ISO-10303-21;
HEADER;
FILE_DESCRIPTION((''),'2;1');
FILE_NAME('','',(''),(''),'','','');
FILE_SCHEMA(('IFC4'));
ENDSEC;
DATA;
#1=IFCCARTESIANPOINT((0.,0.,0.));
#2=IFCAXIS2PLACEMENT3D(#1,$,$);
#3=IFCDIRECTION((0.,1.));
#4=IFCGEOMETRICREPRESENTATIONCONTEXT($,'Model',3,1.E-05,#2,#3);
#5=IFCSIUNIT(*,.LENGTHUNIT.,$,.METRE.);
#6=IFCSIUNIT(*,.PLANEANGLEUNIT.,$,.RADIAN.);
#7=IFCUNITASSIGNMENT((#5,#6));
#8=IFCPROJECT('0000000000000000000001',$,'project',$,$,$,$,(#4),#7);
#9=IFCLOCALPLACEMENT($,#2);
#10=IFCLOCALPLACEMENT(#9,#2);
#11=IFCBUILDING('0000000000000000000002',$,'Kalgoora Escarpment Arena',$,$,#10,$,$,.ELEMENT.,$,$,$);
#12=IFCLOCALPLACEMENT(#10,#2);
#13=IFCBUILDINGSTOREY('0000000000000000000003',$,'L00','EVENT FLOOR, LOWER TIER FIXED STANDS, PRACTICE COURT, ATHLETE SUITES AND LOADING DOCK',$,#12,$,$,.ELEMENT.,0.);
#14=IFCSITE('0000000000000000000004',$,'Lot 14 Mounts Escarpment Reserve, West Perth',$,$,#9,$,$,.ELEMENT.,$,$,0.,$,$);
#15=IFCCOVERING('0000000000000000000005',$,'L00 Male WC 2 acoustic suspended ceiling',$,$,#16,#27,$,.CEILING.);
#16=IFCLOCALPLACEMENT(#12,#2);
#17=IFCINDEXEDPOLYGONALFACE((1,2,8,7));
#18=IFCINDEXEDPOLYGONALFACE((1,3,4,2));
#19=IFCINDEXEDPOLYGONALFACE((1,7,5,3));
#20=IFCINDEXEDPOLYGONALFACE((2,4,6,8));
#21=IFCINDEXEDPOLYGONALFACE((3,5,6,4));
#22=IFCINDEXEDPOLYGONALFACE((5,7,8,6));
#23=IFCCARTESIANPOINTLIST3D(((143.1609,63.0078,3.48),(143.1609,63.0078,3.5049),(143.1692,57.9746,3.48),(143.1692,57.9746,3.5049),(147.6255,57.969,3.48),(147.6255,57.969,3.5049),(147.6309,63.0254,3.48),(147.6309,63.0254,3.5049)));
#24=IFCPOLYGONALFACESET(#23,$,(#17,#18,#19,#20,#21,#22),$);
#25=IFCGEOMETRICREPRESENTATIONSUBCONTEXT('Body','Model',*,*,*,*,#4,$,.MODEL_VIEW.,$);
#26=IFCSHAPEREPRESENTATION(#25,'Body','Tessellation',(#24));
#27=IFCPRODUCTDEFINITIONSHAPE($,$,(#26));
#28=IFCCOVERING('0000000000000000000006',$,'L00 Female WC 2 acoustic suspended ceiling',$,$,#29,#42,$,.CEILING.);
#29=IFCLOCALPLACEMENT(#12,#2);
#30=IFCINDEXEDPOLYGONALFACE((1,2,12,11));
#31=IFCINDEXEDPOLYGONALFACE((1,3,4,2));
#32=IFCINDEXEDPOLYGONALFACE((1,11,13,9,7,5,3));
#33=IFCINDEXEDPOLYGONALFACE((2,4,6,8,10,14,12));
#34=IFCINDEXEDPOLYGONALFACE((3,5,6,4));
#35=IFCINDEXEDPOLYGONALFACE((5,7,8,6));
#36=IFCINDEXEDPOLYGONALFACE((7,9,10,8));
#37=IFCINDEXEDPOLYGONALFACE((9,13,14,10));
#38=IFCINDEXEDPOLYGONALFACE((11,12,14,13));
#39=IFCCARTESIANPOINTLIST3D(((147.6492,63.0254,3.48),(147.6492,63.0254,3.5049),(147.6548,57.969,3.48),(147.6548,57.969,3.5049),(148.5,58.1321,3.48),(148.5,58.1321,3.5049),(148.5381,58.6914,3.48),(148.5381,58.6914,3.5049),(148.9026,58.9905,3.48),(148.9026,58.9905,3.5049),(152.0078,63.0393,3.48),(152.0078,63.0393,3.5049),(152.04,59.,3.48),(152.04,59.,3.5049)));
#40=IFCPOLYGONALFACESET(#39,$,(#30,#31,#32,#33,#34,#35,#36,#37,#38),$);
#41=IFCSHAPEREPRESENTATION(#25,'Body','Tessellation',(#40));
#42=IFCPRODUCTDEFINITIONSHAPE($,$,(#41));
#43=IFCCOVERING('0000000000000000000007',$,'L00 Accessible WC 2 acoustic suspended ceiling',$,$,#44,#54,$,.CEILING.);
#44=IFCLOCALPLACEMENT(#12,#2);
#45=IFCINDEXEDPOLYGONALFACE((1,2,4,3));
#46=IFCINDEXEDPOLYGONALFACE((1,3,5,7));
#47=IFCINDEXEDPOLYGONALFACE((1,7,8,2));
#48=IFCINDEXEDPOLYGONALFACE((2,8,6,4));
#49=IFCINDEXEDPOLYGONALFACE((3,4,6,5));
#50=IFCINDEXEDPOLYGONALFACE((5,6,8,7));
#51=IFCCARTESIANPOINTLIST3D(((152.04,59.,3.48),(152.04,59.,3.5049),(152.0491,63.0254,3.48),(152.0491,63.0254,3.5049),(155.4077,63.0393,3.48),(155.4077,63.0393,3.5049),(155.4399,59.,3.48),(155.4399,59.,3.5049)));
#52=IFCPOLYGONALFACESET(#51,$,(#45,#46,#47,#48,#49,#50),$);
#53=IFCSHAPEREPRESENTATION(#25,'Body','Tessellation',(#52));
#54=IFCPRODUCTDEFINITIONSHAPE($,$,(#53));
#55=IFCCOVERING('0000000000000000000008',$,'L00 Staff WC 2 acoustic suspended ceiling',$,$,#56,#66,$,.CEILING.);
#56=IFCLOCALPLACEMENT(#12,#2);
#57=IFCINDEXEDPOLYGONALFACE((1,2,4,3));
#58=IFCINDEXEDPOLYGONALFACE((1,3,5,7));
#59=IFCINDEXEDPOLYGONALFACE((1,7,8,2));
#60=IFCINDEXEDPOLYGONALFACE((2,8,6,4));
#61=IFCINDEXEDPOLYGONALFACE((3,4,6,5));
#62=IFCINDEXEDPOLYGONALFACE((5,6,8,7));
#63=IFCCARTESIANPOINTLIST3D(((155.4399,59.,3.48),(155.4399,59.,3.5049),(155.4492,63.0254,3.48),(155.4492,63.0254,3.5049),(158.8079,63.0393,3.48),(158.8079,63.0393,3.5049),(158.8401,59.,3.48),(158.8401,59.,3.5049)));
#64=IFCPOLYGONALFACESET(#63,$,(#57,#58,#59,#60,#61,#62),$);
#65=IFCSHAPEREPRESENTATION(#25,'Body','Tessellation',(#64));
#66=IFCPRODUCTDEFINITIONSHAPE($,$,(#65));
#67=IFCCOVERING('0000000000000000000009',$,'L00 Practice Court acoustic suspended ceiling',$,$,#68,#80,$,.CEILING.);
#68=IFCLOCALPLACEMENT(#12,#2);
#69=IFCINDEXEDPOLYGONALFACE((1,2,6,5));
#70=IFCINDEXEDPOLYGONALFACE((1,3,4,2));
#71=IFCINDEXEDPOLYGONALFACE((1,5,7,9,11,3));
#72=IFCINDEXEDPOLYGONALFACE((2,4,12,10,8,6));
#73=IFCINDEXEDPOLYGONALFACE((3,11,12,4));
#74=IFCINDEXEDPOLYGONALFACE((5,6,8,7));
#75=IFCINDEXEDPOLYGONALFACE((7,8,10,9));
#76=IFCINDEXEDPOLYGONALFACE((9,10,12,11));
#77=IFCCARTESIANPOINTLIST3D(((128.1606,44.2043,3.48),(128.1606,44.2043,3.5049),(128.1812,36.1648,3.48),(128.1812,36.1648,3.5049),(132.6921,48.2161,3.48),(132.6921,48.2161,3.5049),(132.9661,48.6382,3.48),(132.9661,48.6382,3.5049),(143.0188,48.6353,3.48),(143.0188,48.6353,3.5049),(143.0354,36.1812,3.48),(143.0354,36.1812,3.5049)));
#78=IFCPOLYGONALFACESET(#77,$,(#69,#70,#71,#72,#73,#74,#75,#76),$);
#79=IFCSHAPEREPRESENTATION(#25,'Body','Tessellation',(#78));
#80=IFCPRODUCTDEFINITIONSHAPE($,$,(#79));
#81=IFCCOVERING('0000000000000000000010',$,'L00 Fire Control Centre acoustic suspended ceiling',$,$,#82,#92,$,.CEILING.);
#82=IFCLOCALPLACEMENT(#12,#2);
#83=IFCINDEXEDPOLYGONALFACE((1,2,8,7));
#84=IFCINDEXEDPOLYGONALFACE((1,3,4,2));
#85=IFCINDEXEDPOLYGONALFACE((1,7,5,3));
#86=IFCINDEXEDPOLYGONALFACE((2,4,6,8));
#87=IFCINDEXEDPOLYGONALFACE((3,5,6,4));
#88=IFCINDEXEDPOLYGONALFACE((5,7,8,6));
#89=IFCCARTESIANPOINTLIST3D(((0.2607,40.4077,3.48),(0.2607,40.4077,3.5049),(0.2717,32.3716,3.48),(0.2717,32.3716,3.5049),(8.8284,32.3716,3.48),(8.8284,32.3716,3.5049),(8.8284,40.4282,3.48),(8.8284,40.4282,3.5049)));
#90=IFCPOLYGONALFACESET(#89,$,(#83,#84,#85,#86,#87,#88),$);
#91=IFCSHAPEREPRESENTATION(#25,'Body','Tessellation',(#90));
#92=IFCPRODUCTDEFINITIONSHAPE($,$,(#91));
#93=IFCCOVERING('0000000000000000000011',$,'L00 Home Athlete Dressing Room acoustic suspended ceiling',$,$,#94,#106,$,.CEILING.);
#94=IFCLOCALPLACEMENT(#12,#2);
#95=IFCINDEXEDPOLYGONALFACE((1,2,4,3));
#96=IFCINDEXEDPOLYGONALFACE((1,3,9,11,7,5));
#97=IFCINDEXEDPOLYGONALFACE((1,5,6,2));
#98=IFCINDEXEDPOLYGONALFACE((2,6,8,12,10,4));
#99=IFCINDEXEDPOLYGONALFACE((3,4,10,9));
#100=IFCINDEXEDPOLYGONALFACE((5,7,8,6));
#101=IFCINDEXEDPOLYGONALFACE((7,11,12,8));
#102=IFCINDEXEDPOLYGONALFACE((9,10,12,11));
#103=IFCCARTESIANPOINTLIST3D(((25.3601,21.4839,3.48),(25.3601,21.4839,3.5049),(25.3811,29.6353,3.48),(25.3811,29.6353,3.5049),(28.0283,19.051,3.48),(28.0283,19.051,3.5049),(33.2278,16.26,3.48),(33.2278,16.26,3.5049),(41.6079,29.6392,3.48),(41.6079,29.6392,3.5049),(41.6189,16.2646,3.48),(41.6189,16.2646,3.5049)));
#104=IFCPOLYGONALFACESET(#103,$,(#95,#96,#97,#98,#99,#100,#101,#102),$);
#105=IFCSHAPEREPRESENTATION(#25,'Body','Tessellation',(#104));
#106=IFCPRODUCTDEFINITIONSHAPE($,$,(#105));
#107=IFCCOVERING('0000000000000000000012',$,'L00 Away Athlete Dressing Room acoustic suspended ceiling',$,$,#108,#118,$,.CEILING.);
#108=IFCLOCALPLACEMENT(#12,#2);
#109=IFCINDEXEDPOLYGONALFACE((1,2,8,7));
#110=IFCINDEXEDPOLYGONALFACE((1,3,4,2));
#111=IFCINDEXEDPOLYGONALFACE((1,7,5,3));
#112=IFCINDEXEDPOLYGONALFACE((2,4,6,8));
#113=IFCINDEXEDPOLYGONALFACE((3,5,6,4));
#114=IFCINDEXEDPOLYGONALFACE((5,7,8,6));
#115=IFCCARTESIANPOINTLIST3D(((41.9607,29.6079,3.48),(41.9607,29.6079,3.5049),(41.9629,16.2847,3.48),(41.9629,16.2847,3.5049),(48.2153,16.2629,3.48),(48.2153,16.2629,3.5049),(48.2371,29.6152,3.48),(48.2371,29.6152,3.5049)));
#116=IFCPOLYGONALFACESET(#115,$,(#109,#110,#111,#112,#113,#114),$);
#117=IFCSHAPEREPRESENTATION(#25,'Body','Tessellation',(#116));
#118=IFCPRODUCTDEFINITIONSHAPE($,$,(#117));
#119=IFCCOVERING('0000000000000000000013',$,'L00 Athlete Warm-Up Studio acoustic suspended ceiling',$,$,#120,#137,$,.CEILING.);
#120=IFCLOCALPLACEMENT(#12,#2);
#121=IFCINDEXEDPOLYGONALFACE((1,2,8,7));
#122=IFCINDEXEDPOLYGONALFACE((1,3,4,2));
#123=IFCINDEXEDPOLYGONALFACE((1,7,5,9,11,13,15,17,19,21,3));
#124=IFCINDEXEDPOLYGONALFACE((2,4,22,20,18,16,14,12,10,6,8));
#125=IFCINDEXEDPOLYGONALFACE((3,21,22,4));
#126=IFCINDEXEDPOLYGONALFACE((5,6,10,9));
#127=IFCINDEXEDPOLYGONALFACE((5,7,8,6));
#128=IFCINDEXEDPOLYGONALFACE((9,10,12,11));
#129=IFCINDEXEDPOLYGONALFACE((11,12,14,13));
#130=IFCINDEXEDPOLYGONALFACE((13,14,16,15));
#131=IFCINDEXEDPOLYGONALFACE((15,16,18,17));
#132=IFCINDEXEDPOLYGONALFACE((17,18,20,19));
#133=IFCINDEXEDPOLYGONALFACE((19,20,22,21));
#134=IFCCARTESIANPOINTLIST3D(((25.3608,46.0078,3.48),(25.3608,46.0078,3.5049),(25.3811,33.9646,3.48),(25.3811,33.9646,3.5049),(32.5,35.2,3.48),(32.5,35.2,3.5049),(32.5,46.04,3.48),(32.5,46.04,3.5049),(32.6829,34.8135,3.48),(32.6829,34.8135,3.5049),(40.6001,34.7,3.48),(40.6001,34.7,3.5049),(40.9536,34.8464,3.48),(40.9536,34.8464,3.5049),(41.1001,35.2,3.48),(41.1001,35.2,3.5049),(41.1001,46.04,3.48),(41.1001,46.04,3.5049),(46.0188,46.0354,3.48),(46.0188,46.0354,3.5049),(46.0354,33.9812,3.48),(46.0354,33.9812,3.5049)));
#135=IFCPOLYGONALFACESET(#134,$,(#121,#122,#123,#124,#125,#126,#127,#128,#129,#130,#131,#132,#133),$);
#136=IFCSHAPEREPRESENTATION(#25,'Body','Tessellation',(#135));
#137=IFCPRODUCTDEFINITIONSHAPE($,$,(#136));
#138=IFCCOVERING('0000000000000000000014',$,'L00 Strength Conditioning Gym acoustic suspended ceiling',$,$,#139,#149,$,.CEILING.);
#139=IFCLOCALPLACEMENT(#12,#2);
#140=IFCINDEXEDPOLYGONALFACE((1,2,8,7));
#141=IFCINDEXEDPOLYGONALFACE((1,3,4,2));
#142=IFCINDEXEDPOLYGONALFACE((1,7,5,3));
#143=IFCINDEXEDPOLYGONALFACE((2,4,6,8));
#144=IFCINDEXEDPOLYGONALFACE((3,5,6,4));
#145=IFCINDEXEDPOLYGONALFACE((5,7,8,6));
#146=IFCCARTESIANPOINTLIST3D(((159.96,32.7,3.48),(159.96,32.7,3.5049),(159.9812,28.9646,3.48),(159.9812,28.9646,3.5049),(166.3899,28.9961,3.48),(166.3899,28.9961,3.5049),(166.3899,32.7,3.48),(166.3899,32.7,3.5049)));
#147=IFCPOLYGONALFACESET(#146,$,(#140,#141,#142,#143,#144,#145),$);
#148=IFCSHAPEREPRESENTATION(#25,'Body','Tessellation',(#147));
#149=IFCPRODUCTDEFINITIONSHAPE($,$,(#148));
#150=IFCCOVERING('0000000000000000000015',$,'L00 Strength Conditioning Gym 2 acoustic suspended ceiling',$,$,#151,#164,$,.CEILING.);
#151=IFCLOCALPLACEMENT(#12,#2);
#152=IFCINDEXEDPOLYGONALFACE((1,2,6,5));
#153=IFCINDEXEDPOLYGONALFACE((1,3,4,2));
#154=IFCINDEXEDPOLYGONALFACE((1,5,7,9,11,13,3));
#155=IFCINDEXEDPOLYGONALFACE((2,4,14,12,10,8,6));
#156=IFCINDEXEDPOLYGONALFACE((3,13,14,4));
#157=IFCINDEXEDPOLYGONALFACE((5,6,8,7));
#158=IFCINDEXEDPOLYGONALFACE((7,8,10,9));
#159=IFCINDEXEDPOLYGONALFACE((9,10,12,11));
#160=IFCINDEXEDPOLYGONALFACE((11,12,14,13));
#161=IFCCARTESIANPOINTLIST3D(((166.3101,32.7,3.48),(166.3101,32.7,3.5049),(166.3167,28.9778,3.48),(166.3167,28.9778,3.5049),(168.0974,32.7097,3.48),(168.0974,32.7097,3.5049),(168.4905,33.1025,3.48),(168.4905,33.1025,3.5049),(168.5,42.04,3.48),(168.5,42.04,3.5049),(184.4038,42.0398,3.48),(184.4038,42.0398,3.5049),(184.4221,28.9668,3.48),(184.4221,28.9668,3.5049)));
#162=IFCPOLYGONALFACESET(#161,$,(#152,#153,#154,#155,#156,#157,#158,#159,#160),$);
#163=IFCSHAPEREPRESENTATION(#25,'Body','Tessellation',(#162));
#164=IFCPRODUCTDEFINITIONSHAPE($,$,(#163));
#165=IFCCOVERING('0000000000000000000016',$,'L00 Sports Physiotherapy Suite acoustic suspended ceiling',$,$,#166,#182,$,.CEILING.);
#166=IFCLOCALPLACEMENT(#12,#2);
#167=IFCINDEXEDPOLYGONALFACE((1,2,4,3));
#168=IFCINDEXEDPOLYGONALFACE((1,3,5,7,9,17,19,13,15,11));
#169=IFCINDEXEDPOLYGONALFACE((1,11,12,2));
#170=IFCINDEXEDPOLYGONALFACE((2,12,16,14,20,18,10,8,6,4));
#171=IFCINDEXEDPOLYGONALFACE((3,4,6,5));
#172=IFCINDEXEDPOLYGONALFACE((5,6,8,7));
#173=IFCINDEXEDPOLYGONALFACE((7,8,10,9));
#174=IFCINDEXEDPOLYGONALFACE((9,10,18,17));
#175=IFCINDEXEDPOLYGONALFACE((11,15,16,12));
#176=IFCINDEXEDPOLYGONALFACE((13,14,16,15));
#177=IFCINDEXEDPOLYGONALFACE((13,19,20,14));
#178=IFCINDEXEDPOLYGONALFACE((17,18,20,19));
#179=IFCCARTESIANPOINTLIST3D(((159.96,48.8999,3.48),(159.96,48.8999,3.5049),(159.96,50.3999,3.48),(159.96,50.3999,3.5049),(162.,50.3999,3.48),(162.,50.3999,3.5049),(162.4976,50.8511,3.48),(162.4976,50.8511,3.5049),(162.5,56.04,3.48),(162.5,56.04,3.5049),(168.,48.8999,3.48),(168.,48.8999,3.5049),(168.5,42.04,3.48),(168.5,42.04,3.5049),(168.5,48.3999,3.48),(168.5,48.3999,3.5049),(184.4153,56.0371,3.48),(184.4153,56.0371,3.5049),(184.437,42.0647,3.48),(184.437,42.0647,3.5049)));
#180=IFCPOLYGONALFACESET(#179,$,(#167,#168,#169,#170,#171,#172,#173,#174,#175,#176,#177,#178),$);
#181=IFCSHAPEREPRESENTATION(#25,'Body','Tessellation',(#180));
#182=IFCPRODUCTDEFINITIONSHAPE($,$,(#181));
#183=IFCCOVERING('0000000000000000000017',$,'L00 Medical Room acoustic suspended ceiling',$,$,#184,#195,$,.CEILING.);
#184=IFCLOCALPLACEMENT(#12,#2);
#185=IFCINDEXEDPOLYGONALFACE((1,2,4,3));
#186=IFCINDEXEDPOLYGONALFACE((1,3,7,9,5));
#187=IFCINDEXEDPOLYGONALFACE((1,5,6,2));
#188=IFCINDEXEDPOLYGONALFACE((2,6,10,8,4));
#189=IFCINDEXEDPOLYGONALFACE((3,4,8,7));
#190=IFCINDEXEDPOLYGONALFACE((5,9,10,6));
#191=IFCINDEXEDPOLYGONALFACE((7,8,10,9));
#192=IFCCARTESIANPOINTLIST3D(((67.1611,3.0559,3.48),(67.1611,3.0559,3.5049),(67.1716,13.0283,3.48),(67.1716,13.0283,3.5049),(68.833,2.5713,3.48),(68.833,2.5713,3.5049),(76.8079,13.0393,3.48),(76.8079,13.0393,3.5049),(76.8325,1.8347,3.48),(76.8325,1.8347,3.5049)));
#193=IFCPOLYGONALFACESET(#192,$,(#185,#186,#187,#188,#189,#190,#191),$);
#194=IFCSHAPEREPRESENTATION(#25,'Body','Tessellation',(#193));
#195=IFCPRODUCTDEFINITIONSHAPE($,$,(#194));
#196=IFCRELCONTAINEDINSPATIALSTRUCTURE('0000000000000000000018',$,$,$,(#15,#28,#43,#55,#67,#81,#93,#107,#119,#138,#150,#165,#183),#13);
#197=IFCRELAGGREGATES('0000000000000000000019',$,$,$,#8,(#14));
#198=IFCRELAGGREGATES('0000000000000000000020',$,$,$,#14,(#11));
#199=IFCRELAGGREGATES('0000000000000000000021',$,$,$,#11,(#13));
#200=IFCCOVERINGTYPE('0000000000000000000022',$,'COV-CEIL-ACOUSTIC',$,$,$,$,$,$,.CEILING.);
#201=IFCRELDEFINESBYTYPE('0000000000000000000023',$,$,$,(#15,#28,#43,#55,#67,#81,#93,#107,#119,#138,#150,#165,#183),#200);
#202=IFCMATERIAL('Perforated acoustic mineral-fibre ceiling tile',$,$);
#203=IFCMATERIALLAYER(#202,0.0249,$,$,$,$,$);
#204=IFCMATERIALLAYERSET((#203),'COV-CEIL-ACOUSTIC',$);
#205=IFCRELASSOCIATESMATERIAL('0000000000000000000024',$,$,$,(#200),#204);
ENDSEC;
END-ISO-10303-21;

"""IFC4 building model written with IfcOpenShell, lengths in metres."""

from ifc_helpers import new_model, si_unit, direction, frame, origin, place, context, subcontext, project, spatial, polyline, outline, extrude, material, layer, layer_set, type_object, element, save


model = new_model("IFC4")

# Units and contexts
model_context = context("Model", 3, precision=1e-05, world=origin(), true_north=direction((0.0, 1.0)))
body_context = subcontext(model_context, "Body", "Model", "MODEL_VIEW")
ifc_project = project(units=[si_unit("LENGTHUNIT", "METRE"), si_unit("PLANEANGLEUNIT", "RADIAN")], contexts=[model_context])

# Site, building, storey
site_placement = place(None, origin())
site = spatial("IfcSite", under=ifc_project, at=site_placement, Name="Lot 14 Mounts Escarpment Reserve, West Perth", CompositionType="ELEMENT", RefElevation=0.0)
building_placement = place(site_placement, origin())
building = spatial("IfcBuilding", under=site, at=building_placement, Name="Kalgoora Escarpment Arena", CompositionType="ELEMENT")
storey_placement = place(building_placement, origin())
storey = spatial("IfcBuildingStorey", under=building, at=storey_placement, Name="L00", Description="EVENT FLOOR, LOWER TIER FIXED STANDS, PRACTICE COURT, ATHLETE SUITES AND LOADING DOCK", CompositionType="ELEMENT", Elevation=0.0)

# Coverings
ifc_material = material(Name="Perforated acoustic mineral-fibre ceiling tile")
ifc_layer = layer(ifc_material, 0.0249)
ifc_layer_set = layer_set([ifc_layer], Name="COV-CEIL-ACOUSTIC")
covering_type = type_object("IfcCoveringType", Name="COV-CEIL-ACOUSTIC", PredefinedType="CEILING", material=ifc_layer_set)
covering_1_placement = place(storey_placement, frame((0.0, 0.0, 3.48)))
element("IfcCovering", 1, at=covering_1_placement, inside=storey, type_object=covering_type, Name="L00 Male WC 2 acoustic suspended ceiling", PredefinedType="CEILING", context=body_context, shape_type="SweptSolid", body=[
    extrude(outline(polyline([(143.1609, 63.0078), (147.6309, 63.0254), (147.6255, 57.969), (143.1692, 57.9746), (143.1609, 63.0078)])), origin(), (0.0, 0.0, 1.0), 0.0249),
])
covering_2_placement = place(storey_placement, frame((0.0, 0.0, 3.48)))
element("IfcCovering", 2, at=covering_2_placement, inside=storey, type_object=covering_type, Name="L00 Female WC 2 acoustic suspended ceiling", PredefinedType="CEILING", context=body_context, shape_type="SweptSolid", body=[
    extrude(outline(polyline([(152.0078, 63.0393), (152.04, 59.0), (148.9026, 58.9905), (148.5381, 58.6914), (148.5, 58.1321), (147.6548, 57.969), (147.6492, 63.0254), (152.0078, 63.0393)])), origin(), (0.0, 0.0, 1.0), 0.0249),
])
covering_3_placement = place(storey_placement, frame((0.0, 0.0, 3.48)))
element("IfcCovering", 3, at=covering_3_placement, inside=storey, type_object=covering_type, Name="L00 Accessible WC 2 acoustic suspended ceiling", PredefinedType="CEILING", context=body_context, shape_type="SweptSolid", body=[
    extrude(outline(polyline([(155.4077, 63.0393), (155.4399, 59.0), (152.04, 59.0), (152.0491, 63.0254), (155.4077, 63.0393)])), origin(), (0.0, 0.0, 1.0), 0.0249),
])
covering_4_placement = place(storey_placement, frame((0.0, 0.0, 3.48)))
element("IfcCovering", 4, at=covering_4_placement, inside=storey, type_object=covering_type, Name="L00 Staff WC 2 acoustic suspended ceiling", PredefinedType="CEILING", context=body_context, shape_type="SweptSolid", body=[
    extrude(outline(polyline([(158.8079, 63.0393), (158.8401, 59.0), (155.4399, 59.0), (155.4492, 63.0254), (158.8079, 63.0393)])), origin(), (0.0, 0.0, 1.0), 0.0249),
])
covering_5_placement = place(storey_placement, frame((0.0, 0.0, 3.48)))
element("IfcCovering", 5, at=covering_5_placement, inside=storey, type_object=covering_type, Name="L00 Practice Court acoustic suspended ceiling", PredefinedType="CEILING", context=body_context, shape_type="SweptSolid", body=[
    extrude(outline(polyline([(128.1606, 44.2043), (132.6921, 48.2161), (132.9661, 48.6382), (143.0188, 48.6353), (143.0354, 36.1812), (128.1812, 36.1648), (128.1606, 44.2043)])), origin(), (0.0, 0.0, 1.0), 0.0249),
])
covering_6_placement = place(storey_placement, frame((0.0, 0.0, 3.48)))
element("IfcCovering", 6, at=covering_6_placement, inside=storey, type_object=covering_type, Name="L00 Fire Control Centre acoustic suspended ceiling", PredefinedType="CEILING", context=body_context, shape_type="SweptSolid", body=[
    extrude(outline(polyline([(0.2607, 40.4077), (8.8284, 40.4282), (8.8284, 32.3716), (0.2717, 32.3716), (0.2607, 40.4077)])), origin(), (0.0, 0.0, 1.0), 0.0249),
])
covering_7_placement = place(storey_placement, frame((0.0, 0.0, 3.48)))
element("IfcCovering", 7, at=covering_7_placement, inside=storey, type_object=covering_type, Name="L00 Home Athlete Dressing Room acoustic suspended ceiling", PredefinedType="CEILING", context=body_context, shape_type="SweptSolid", body=[
    extrude(outline(polyline([(41.6079, 29.6392), (41.6189, 16.2646), (33.2278, 16.26), (28.0283, 19.051), (25.3601, 21.4839), (25.3811, 29.6353), (41.6079, 29.6392)])), origin(), (0.0, 0.0, 1.0), 0.0249),
])
covering_8_placement = place(storey_placement, frame((0.0, 0.0, 3.48)))
element("IfcCovering", 8, at=covering_8_placement, inside=storey, type_object=covering_type, Name="L00 Away Athlete Dressing Room acoustic suspended ceiling", PredefinedType="CEILING", context=body_context, shape_type="SweptSolid", body=[
    extrude(outline(polyline([(41.9607, 29.6079), (48.2371, 29.6152), (48.2153, 16.2629), (41.9629, 16.2847), (41.9607, 29.6079)])), origin(), (0.0, 0.0, 1.0), 0.0249),
])
covering_9_placement = place(storey_placement, frame((0.0, 0.0, 3.48)))
element("IfcCovering", 9, at=covering_9_placement, inside=storey, type_object=covering_type, Name="L00 Athlete Warm-Up Studio acoustic suspended ceiling", PredefinedType="CEILING", context=body_context, shape_type="SweptSolid", body=[
    extrude(outline(polyline([(25.3608, 46.0078), (32.5, 46.04), (32.5, 35.2), (32.6829, 34.8135), (40.6001, 34.7), (40.9536, 34.8464), (41.1001, 35.2), (41.1001, 46.04), (46.0188, 46.0354), (46.0354, 33.9812), (25.3811, 33.9646), (25.3608, 46.0078)])), origin(), (0.0, 0.0, 1.0), 0.0249),
])
covering_10_placement = place(storey_placement, frame((0.0, 0.0, 3.48)))
element("IfcCovering", 10, at=covering_10_placement, inside=storey, type_object=covering_type, Name="L00 Strength Conditioning Gym acoustic suspended ceiling", PredefinedType="CEILING", context=body_context, shape_type="SweptSolid", body=[
    extrude(outline(polyline([(166.3899, 28.9961), (159.9812, 28.9646), (159.96, 32.7), (166.3899, 32.7), (166.3899, 28.9961)])), origin(), (0.0, 0.0, 1.0), 0.0249),
])
covering_11_placement = place(storey_placement, frame((0.0, 0.0, 3.48)))
element("IfcCovering", 11, at=covering_11_placement, inside=storey, type_object=covering_type, Name="L00 Strength Conditioning Gym 2 acoustic suspended ceiling", PredefinedType="CEILING", context=body_context, shape_type="SweptSolid", body=[
    extrude(outline(polyline([(184.4038, 42.0398), (184.4221, 28.9668), (166.3167, 28.9778), (166.3101, 32.7), (168.0974, 32.7097), (168.4905, 33.1025), (168.5, 42.04), (184.4038, 42.0398)])), origin(), (0.0, 0.0, 1.0), 0.0249),
])
covering_12_placement = place(storey_placement, frame((0.0, 0.0, 3.48)))
element("IfcCovering", 12, at=covering_12_placement, inside=storey, type_object=covering_type, Name="L00 Sports Physiotherapy Suite acoustic suspended ceiling", PredefinedType="CEILING", context=body_context, shape_type="SweptSolid", body=[
    extrude(outline(polyline([(162.0, 50.3999), (162.4976, 50.8511), (162.5, 56.04), (184.4153, 56.0371), (184.437, 42.0647), (168.5, 42.04), (168.5, 48.3999), (168.0, 48.8999), (159.96, 48.8999), (159.96, 50.3999), (162.0, 50.3999)])), origin(), (0.0, 0.0, 1.0), 0.0249),
])
covering_13_placement = place(storey_placement, frame((0.0, 0.0, 3.48)))
element("IfcCovering", 13, at=covering_13_placement, inside=storey, type_object=covering_type, Name="L00 Medical Room acoustic suspended ceiling", PredefinedType="CEILING", context=body_context, shape_type="SweptSolid", body=[
    extrude(outline(polyline([(76.8079, 13.0393), (76.8325, 1.8347), (68.833, 2.5713), (67.1611, 3.0559), (67.1716, 13.0283), (76.8079, 13.0393)])), origin(), (0.0, 0.0, 1.0), 0.0249),
])

save(model, "model.ifc")
